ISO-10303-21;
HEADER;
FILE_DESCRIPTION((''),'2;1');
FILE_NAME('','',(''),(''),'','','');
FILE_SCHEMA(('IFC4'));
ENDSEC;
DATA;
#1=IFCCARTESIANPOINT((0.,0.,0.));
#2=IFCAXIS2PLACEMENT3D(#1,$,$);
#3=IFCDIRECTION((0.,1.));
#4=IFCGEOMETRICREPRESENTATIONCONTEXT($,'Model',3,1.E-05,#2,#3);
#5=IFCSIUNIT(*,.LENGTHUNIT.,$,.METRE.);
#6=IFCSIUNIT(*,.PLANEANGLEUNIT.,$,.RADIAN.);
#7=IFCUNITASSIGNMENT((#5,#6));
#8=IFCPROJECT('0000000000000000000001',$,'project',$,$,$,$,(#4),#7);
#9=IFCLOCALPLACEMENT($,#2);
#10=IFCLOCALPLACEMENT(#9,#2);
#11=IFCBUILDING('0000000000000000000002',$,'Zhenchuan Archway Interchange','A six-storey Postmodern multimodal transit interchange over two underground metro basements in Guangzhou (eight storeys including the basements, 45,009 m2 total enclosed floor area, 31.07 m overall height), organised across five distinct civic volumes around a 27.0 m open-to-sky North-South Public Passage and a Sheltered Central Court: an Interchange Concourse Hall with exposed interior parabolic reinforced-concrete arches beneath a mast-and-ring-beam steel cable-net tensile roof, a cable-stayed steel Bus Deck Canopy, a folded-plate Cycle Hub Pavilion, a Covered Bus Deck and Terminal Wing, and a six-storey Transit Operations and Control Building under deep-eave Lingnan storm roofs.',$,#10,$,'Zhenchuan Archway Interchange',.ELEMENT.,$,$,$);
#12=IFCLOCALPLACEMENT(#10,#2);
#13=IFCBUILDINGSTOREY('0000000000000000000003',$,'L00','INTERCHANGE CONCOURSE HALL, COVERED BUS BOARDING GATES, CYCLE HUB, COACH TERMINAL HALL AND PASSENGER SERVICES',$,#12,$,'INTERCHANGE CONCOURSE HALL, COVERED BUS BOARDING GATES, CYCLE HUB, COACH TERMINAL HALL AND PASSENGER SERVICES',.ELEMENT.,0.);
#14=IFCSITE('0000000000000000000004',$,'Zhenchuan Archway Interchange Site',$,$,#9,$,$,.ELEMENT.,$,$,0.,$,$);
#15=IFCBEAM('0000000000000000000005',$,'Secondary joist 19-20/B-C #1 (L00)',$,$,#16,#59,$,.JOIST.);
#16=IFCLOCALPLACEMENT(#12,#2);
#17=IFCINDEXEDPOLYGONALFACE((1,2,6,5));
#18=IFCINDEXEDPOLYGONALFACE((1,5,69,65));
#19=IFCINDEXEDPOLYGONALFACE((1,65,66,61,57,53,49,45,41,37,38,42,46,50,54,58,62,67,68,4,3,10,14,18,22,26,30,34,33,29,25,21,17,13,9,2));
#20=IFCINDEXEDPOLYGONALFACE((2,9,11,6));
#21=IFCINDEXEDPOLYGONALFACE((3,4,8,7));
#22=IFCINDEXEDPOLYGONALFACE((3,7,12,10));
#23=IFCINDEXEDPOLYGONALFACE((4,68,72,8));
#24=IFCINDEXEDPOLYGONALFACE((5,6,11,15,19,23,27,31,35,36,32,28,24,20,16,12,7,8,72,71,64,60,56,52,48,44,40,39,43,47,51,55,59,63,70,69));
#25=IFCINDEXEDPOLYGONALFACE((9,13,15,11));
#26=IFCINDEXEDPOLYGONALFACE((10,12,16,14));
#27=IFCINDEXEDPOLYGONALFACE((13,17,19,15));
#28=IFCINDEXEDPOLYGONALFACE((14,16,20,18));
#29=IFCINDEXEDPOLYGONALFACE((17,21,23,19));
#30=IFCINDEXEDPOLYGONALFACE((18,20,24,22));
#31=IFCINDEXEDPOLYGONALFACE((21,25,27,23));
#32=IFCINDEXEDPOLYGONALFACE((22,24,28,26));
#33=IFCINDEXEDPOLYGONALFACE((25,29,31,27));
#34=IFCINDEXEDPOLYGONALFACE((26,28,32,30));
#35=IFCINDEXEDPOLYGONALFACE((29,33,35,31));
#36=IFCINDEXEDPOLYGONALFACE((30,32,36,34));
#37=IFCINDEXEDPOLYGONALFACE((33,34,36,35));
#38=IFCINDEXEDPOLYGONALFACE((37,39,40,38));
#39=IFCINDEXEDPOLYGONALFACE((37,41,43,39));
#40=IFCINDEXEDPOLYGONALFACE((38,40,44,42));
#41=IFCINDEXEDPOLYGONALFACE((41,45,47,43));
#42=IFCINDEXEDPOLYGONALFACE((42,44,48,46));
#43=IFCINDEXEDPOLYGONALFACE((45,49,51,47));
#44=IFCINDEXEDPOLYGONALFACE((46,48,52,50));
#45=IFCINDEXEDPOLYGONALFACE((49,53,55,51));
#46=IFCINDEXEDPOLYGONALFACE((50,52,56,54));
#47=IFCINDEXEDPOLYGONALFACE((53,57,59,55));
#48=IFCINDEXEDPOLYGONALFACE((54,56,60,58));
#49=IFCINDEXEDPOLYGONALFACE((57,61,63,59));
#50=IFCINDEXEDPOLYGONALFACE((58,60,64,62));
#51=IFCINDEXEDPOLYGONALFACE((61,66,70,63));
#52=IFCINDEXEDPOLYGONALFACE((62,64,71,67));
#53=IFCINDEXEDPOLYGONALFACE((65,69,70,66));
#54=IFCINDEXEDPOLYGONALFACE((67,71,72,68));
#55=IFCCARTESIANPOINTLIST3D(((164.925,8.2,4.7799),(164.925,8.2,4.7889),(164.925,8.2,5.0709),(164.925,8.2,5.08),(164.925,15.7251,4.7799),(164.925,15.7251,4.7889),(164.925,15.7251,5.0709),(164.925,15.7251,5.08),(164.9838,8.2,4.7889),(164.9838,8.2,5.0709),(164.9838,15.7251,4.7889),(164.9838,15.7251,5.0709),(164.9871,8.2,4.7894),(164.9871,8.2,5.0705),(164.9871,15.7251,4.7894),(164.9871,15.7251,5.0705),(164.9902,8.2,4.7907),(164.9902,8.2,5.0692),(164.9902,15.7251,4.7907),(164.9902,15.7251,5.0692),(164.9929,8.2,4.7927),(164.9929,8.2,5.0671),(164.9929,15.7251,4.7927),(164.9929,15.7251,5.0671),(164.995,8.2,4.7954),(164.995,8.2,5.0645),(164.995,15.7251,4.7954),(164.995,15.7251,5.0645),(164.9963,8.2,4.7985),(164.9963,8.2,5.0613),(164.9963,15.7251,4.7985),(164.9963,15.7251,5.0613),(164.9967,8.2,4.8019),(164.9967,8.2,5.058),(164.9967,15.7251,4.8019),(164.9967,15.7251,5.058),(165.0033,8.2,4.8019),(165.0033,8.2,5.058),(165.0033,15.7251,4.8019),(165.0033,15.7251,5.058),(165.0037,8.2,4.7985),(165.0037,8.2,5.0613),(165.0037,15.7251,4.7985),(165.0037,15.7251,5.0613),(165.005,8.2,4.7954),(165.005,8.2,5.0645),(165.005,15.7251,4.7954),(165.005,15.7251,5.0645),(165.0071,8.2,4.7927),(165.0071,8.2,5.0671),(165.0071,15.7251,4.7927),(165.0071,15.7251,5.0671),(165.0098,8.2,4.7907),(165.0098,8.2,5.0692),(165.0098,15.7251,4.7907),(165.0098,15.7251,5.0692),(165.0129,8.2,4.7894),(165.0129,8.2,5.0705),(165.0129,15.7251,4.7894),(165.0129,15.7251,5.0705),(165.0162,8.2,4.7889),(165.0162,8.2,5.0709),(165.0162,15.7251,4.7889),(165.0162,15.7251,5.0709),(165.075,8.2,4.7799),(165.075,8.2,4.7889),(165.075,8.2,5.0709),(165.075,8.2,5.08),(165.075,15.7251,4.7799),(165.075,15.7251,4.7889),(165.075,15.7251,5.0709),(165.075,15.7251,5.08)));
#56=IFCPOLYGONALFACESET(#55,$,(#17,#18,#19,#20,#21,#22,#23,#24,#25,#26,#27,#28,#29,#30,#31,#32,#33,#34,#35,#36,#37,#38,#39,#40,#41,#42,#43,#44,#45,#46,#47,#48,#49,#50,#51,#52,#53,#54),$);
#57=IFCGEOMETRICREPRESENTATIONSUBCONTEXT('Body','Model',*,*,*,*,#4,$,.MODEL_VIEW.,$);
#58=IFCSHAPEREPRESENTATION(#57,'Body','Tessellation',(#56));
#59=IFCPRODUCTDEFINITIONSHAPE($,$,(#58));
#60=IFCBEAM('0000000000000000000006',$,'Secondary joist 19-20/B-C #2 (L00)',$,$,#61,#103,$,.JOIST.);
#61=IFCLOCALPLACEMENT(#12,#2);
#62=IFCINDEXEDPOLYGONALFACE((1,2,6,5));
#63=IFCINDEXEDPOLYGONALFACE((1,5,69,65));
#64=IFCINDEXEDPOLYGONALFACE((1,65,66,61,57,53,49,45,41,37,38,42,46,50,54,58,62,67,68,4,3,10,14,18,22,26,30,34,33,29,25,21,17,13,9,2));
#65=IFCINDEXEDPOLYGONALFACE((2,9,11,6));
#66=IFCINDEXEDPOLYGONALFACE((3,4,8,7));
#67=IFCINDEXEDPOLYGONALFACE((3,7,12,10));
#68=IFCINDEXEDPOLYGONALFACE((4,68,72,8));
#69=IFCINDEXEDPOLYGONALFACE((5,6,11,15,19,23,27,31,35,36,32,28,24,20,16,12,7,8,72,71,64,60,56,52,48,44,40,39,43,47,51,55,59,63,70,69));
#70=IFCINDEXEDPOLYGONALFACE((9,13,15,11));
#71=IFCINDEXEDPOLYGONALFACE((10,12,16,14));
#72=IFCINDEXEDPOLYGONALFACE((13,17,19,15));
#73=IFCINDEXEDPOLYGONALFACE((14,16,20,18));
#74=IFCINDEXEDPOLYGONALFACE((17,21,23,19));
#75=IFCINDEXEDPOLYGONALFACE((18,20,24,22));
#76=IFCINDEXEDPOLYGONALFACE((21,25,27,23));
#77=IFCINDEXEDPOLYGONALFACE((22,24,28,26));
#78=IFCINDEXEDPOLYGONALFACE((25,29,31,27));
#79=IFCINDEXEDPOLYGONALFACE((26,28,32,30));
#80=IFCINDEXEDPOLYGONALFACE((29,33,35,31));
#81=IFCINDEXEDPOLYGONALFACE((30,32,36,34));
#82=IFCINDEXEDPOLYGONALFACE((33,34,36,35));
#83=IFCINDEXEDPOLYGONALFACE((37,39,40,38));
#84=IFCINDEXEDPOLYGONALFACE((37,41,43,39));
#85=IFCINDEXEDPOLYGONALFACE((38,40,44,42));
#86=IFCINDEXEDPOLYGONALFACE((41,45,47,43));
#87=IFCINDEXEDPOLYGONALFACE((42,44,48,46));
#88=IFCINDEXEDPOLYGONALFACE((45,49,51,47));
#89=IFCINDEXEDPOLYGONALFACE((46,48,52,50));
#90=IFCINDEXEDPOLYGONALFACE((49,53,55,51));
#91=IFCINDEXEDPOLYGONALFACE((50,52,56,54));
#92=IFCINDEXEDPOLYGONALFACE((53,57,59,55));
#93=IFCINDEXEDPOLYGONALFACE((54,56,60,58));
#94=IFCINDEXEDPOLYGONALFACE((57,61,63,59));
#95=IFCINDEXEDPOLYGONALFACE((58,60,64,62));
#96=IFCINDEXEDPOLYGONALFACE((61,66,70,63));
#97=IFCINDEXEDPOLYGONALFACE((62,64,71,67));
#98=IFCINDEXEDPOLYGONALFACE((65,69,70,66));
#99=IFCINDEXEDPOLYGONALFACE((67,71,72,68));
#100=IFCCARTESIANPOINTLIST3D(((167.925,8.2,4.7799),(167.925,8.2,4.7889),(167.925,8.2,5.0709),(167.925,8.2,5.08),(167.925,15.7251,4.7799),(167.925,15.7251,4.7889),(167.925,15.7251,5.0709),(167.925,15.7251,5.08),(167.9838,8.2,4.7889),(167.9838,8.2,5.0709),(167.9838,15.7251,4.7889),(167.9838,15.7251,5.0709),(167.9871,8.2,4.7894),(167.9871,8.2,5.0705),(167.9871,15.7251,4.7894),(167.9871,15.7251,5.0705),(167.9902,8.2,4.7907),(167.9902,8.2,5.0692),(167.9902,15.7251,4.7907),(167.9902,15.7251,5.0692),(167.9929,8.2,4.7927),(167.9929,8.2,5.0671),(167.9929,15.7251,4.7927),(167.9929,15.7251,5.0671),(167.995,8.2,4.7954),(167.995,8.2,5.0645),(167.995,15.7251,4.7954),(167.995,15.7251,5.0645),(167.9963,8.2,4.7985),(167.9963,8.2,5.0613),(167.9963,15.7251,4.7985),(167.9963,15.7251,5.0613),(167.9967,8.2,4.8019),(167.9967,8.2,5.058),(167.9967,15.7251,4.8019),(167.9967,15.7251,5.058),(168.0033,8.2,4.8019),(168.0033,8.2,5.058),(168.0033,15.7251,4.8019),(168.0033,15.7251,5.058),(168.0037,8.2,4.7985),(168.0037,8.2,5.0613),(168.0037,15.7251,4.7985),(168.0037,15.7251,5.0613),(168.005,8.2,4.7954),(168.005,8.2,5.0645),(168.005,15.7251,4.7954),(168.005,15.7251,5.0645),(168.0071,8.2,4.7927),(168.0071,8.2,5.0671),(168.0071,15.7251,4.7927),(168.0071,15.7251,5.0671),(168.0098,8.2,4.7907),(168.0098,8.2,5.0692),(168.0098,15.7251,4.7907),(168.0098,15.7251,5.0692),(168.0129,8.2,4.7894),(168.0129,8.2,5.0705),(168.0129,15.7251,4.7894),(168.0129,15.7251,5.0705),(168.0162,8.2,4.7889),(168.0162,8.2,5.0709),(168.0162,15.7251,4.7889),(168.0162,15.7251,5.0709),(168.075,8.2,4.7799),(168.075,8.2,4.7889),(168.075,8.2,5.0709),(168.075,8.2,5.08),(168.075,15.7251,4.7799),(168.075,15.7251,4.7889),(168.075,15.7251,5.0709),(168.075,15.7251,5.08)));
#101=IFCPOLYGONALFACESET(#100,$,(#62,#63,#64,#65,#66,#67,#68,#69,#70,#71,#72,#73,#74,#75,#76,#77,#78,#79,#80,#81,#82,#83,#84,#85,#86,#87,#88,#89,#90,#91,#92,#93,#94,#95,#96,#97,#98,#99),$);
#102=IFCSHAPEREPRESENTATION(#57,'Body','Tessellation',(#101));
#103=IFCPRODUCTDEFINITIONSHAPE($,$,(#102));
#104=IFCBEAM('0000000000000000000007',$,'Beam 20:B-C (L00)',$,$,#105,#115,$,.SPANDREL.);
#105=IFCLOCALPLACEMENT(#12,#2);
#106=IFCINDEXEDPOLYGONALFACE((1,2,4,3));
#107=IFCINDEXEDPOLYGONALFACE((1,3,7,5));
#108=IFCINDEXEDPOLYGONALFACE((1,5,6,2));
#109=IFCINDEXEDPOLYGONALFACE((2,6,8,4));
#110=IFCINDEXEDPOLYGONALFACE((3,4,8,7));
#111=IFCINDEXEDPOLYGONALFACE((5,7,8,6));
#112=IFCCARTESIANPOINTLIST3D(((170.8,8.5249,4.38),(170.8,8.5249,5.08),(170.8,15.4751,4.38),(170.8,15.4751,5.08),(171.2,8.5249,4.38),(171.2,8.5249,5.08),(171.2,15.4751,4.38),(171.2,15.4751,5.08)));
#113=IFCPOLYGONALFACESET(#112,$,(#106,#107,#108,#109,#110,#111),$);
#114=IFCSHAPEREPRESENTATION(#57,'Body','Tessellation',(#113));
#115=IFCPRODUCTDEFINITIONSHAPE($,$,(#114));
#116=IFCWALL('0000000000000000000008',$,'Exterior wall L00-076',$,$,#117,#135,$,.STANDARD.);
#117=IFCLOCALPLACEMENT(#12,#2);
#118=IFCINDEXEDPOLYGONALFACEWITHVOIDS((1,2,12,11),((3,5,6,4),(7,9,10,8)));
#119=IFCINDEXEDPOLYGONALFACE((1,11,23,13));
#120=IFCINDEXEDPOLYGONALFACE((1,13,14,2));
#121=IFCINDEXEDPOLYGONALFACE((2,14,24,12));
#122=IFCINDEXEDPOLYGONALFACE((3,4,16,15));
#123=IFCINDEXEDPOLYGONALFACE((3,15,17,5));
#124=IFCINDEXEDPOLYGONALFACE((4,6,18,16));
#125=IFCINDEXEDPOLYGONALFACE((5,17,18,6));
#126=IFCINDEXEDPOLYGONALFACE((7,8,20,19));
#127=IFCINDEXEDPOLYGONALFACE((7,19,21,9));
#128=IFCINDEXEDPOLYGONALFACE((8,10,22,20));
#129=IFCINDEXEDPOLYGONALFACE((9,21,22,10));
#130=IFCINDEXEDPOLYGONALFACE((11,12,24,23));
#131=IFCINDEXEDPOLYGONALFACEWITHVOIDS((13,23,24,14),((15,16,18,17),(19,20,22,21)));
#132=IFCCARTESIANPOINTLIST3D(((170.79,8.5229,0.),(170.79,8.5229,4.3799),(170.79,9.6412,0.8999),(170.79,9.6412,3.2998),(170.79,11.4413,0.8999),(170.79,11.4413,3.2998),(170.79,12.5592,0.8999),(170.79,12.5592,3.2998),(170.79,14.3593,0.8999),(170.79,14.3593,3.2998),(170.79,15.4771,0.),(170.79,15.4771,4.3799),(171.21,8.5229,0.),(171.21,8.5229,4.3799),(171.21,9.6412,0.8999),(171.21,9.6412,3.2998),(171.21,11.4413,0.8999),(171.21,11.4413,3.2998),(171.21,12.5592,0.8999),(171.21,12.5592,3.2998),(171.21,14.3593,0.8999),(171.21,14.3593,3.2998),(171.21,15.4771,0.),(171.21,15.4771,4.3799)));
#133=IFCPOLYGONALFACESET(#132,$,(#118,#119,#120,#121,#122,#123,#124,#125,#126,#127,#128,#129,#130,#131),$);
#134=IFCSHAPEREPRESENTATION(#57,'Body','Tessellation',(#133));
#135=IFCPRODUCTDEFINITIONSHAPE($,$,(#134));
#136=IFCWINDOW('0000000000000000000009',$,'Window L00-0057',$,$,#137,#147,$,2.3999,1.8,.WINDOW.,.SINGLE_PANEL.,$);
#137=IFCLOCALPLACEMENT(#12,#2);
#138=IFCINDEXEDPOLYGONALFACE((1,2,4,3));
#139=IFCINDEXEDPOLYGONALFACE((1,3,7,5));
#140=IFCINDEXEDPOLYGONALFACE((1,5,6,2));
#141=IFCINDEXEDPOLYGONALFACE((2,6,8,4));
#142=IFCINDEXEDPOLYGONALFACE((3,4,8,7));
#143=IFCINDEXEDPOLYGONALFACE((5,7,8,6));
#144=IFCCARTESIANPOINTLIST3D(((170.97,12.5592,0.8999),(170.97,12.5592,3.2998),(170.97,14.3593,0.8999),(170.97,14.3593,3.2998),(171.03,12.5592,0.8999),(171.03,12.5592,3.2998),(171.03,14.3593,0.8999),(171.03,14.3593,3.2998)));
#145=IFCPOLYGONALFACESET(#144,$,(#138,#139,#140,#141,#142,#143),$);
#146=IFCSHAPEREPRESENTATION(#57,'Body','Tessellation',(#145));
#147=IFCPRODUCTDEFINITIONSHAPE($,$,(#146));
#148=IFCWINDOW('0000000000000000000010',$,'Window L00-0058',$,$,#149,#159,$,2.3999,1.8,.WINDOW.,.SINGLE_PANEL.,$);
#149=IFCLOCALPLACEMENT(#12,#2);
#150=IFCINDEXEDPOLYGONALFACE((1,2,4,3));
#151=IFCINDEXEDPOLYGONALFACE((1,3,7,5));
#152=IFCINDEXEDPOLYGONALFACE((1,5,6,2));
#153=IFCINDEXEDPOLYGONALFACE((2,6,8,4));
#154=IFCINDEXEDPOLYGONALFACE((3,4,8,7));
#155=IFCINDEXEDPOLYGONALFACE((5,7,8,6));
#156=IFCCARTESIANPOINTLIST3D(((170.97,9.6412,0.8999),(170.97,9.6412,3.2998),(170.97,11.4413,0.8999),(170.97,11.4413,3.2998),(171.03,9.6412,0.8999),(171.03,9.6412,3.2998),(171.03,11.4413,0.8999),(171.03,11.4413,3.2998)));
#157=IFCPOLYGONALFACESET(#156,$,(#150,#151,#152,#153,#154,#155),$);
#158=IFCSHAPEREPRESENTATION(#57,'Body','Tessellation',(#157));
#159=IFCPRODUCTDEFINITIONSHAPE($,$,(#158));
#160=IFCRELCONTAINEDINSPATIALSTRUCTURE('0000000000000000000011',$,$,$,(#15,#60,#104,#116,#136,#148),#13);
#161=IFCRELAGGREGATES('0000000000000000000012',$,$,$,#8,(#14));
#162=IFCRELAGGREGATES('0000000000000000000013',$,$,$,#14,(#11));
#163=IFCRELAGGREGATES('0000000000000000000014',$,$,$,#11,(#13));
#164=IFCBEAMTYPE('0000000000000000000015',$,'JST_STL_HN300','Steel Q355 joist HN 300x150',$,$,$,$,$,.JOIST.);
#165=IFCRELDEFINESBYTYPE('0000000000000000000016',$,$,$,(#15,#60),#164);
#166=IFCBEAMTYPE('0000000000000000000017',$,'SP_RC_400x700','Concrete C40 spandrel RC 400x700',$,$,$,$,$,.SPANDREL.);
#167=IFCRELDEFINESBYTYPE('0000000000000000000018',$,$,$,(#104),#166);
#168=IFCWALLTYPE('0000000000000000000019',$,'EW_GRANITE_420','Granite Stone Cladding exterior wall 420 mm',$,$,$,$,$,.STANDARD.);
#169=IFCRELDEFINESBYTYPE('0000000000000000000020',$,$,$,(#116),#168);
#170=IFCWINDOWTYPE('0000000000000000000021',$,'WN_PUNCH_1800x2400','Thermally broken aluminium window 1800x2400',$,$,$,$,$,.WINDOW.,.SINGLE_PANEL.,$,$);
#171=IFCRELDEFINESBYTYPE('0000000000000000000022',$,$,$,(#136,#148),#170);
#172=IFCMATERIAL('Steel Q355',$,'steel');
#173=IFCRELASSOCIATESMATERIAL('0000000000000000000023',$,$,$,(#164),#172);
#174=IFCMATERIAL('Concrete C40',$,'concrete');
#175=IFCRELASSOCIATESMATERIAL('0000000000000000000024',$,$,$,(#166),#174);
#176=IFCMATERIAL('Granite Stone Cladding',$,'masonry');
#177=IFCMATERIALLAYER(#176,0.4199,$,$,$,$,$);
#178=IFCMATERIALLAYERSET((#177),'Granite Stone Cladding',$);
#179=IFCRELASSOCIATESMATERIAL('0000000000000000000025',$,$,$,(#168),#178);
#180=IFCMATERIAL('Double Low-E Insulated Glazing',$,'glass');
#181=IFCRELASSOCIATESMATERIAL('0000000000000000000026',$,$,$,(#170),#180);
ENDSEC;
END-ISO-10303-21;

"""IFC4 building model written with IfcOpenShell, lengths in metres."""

from ifc_helpers import new_model, si_unit, direction, frame, frame_2d, origin, origin_2d, place, context, subcontext, project, spatial, rectangle, i_section, extrude, material, layer, layer_set, material_profile, profile_set, type_object, element, fill, save


model = new_model("IFC4")

# Units and contexts
model_context = context("Model", 3, precision=1e-05, world=origin(), true_north=direction((0.0, 1.0)))
body_context = subcontext(model_context, "Body", "Model", "MODEL_VIEW")
ifc_project = project(units=[si_unit("LENGTHUNIT", "METRE"), si_unit("PLANEANGLEUNIT", "RADIAN")], contexts=[model_context])

# Site, building, storey
site_placement = place(None, origin())
site = spatial("IfcSite", under=ifc_project, at=site_placement, Name="Zhenchuan Archway Interchange Site", CompositionType="ELEMENT", RefElevation=0.0)
building_placement = place(site_placement, origin())
building = spatial("IfcBuilding", under=site, at=building_placement, Name="Zhenchuan Archway Interchange", Description="A six-storey Postmodern multimodal transit interchange over two underground metro basements in Guangzhou (eight storeys including the basements, 45,009 m2 total enclosed floor area, 31.07 m overall height), organised across five distinct civic volumes around a 27.0 m open-to-sky North-South Public Passage and a Sheltered Central Court: an Interchange Concourse Hall with exposed interior parabolic reinforced-concrete arches beneath a mast-and-ring-beam steel cable-net tensile roof, a cable-stayed steel Bus Deck Canopy, a folded-plate Cycle Hub Pavilion, a Covered Bus Deck and Terminal Wing, and a six-storey Transit Operations and Control Building under deep-eave Lingnan storm roofs.", LongName="Zhenchuan Archway Interchange", CompositionType="ELEMENT")
storey_placement = place(building_placement, origin())
storey = spatial("IfcBuildingStorey", under=building, at=storey_placement, Name="L00", Description="INTERCHANGE CONCOURSE HALL, COVERED BUS BOARDING GATES, CYCLE HUB, COACH TERMINAL HALL AND PASSENGER SERVICES", LongName="INTERCHANGE CONCOURSE HALL, COVERED BUS BOARDING GATES, CYCLE HUB, COACH TERMINAL HALL AND PASSENGER SERVICES", CompositionType="ELEMENT", Elevation=0.0)

# Shared definitions
ifc_material_1 = material(Name="Concrete C40", Category="concrete")

# Beams
ifc_material_2 = material(Name="Steel Q355", Category="steel")
ifc_material_profile_1 = material_profile(ifc_material_2, i_section(OverallWidth=0.1499, OverallDepth=0.3, WebThickness=0.0066, FlangeThickness=0.009, FilletRadius=0.0129, at=origin_2d()), Name="HN 300x150")
ifc_profile_set_1 = profile_set([ifc_material_profile_1], Name="Steel Q355")
beam_type_1 = type_object("IfcBeamType", Name="JST_STL_HN300", Description="Steel Q355 joist HN 300x150", PredefinedType="JOIST", material=ifc_profile_set_1)
for number, where, z_axis, x_axis, name in (
    (1, (165.0, 8.2, 4.9299), (0.0, 1.0, 0.0), (-1.0, 0.0, 0.0), "Secondary joist 19-20/B-C #1 (L00)"),
    (2, (168.0, 8.2, 4.9299), (0.0, 1.0, 0.0), (-1.0, 0.0, 0.0), "Secondary joist 19-20/B-C #2 (L00)"),
):
    element("IfcBeam", number, at=place(storey_placement, frame(where, z_axis=z_axis, x_axis=x_axis)), inside=storey, type_object=beam_type_1, Name=name, PredefinedType="JOIST", context=body_context, shape_type="SweptSolid", body=[
        extrude(i_section(OverallWidth=0.1499, OverallDepth=0.3, WebThickness=0.0066, FlangeThickness=0.009, FilletRadius=0.0129, at=origin_2d()), origin(), (0.0, 0.0, 1.0), 7.5251),
    ])
ifc_material_profile_2 = material_profile(ifc_material_1, rectangle(XDim=0.3999, YDim=0.7, at=origin_2d()), Name="RC 400x700")
ifc_profile_set_2 = profile_set([ifc_material_profile_2], Name="Concrete C40")
beam_type_2 = type_object("IfcBeamType", Name="SP_RC_400x700", Description="Concrete C40 spandrel RC 400x700", PredefinedType="SPANDREL", material=ifc_profile_set_2)
beam_placement = place(storey_placement, frame((171.0, 8.5249, 4.73), z_axis=(0.0, 1.0, 0.0), x_axis=(-1.0, 0.0, 0.0)))
element("IfcBeam", 3, at=beam_placement, inside=storey, type_object=beam_type_2, Name="Beam 20:B-C (L00)", PredefinedType="SPANDREL", context=body_context, shape_type="SweptSolid", body=[
    extrude(rectangle(XDim=0.3999, YDim=0.7, at=origin_2d()), origin(), (0.0, 0.0, 1.0), 6.9502),
])

# Wall, openings, windows
ifc_material_3 = material(Name="Granite Stone Cladding", Category="masonry")
ifc_layer_1 = layer(ifc_material_3, 0.4199)
ifc_layer_set_1 = layer_set([ifc_layer_1], Name="Granite Stone Cladding")
wall_type = type_object("IfcWallType", Name="EW_GRANITE_420", Description="Granite Stone Cladding exterior wall 420 mm", PredefinedType="STANDARD", material=ifc_layer_set_1)
wall_1_placement = place(storey_placement, frame((171.0, 15.4771, 0.0), z_axis=(0.0, 0.0, 1.0), x_axis=(0.0, -1.0, 0.0)))
wall_1 = element("IfcWall", 4, at=wall_1_placement, inside=storey, type_object=wall_type, Name="Exterior wall L00-076", PredefinedType="STANDARD", context=body_context, shape_type="SweptSolid", body=[
    extrude(rectangle(XDim=6.9541, YDim=0.4199, at=frame_2d((3.4771, 0.0))), origin(), (0.0, 0.0, 1.0), 4.3799),
])
opening_1_placement = place(wall_1_placement, frame((1.1179, 0.0, 0.8999)))
opening_1 = element("IfcOpeningElement", 5, at=opening_1_placement, cuts=wall_1, PredefinedType="OPENING", context=body_context, shape_type="SweptSolid", body=[
    extrude(rectangle(XDim=1.8, YDim=2.3999, at=frame_2d((0.8999, 1.2))), frame((0.0, 0.2219, 0.0), z_axis=(0.0, -1.0, 0.0), x_axis=(1.0, 0.0, 0.0)), (0.0, 0.0, 1.0), 0.4438),
])
opening_2_placement = place(wall_1_placement, frame((4.0359, 0.0, 0.8999)))
opening_2 = element("IfcOpeningElement", 6, at=opening_2_placement, cuts=wall_1, PredefinedType="OPENING", context=body_context, shape_type="SweptSolid", body=[
    extrude(rectangle(XDim=1.8, YDim=2.3999, at=frame_2d((0.8999, 1.2))), frame((0.0, 0.2219, 0.0), z_axis=(0.0, -1.0, 0.0), x_axis=(1.0, 0.0, 0.0)), (0.0, 0.0, 1.0), 0.4438),
])
ifc_material_4 = material(Name="Double Low-E Insulated Glazing", Category="glass")
window_type_1 = type_object("IfcWindowType", Name="WN_PUNCH_1800x2400", Description="Thermally broken aluminium window 1800x2400", PartitioningType="SINGLE_PANEL", PredefinedType="WINDOW", material=ifc_material_4)
window_1_placement = place(opening_1_placement, origin())
window_1 = element("IfcWindow", 7, at=window_1_placement, inside=storey, type_object=window_type_1, Name="Window L00-0057", OverallHeight=2.3999, OverallWidth=1.8, PartitioningType="SINGLE_PANEL", PredefinedType="WINDOW", context=body_context, shape_type="SweptSolid", body=[
    extrude(rectangle(XDim=1.8, YDim=2.3999, at=frame_2d((0.8999, 1.2))), frame((0.0, 0.03, 0.0), z_axis=(0.0, -1.0, 0.0), x_axis=(1.0, 0.0, 0.0)), (0.0, 0.0, 1.0), 0.0601),
])
fill(opening_1, window_1)
window_2_placement = place(opening_2_placement, origin())
window_2 = element("IfcWindow", 8, at=window_2_placement, inside=storey, type_object=window_type_1, Name="Window L00-0058", OverallHeight=2.3999, OverallWidth=1.8, PartitioningType="SINGLE_PANEL", PredefinedType="WINDOW", context=body_context, shape_type="SweptSolid", body=[
    extrude(rectangle(XDim=1.8, YDim=2.3999, at=frame_2d((0.8999, 1.2))), frame((0.0, 0.03, 0.0), z_axis=(0.0, -1.0, 0.0), x_axis=(1.0, 0.0, 0.0)), (0.0, 0.0, 1.0), 0.0601),
])
fill(opening_2, window_2)

save(model, "model.ifc")
